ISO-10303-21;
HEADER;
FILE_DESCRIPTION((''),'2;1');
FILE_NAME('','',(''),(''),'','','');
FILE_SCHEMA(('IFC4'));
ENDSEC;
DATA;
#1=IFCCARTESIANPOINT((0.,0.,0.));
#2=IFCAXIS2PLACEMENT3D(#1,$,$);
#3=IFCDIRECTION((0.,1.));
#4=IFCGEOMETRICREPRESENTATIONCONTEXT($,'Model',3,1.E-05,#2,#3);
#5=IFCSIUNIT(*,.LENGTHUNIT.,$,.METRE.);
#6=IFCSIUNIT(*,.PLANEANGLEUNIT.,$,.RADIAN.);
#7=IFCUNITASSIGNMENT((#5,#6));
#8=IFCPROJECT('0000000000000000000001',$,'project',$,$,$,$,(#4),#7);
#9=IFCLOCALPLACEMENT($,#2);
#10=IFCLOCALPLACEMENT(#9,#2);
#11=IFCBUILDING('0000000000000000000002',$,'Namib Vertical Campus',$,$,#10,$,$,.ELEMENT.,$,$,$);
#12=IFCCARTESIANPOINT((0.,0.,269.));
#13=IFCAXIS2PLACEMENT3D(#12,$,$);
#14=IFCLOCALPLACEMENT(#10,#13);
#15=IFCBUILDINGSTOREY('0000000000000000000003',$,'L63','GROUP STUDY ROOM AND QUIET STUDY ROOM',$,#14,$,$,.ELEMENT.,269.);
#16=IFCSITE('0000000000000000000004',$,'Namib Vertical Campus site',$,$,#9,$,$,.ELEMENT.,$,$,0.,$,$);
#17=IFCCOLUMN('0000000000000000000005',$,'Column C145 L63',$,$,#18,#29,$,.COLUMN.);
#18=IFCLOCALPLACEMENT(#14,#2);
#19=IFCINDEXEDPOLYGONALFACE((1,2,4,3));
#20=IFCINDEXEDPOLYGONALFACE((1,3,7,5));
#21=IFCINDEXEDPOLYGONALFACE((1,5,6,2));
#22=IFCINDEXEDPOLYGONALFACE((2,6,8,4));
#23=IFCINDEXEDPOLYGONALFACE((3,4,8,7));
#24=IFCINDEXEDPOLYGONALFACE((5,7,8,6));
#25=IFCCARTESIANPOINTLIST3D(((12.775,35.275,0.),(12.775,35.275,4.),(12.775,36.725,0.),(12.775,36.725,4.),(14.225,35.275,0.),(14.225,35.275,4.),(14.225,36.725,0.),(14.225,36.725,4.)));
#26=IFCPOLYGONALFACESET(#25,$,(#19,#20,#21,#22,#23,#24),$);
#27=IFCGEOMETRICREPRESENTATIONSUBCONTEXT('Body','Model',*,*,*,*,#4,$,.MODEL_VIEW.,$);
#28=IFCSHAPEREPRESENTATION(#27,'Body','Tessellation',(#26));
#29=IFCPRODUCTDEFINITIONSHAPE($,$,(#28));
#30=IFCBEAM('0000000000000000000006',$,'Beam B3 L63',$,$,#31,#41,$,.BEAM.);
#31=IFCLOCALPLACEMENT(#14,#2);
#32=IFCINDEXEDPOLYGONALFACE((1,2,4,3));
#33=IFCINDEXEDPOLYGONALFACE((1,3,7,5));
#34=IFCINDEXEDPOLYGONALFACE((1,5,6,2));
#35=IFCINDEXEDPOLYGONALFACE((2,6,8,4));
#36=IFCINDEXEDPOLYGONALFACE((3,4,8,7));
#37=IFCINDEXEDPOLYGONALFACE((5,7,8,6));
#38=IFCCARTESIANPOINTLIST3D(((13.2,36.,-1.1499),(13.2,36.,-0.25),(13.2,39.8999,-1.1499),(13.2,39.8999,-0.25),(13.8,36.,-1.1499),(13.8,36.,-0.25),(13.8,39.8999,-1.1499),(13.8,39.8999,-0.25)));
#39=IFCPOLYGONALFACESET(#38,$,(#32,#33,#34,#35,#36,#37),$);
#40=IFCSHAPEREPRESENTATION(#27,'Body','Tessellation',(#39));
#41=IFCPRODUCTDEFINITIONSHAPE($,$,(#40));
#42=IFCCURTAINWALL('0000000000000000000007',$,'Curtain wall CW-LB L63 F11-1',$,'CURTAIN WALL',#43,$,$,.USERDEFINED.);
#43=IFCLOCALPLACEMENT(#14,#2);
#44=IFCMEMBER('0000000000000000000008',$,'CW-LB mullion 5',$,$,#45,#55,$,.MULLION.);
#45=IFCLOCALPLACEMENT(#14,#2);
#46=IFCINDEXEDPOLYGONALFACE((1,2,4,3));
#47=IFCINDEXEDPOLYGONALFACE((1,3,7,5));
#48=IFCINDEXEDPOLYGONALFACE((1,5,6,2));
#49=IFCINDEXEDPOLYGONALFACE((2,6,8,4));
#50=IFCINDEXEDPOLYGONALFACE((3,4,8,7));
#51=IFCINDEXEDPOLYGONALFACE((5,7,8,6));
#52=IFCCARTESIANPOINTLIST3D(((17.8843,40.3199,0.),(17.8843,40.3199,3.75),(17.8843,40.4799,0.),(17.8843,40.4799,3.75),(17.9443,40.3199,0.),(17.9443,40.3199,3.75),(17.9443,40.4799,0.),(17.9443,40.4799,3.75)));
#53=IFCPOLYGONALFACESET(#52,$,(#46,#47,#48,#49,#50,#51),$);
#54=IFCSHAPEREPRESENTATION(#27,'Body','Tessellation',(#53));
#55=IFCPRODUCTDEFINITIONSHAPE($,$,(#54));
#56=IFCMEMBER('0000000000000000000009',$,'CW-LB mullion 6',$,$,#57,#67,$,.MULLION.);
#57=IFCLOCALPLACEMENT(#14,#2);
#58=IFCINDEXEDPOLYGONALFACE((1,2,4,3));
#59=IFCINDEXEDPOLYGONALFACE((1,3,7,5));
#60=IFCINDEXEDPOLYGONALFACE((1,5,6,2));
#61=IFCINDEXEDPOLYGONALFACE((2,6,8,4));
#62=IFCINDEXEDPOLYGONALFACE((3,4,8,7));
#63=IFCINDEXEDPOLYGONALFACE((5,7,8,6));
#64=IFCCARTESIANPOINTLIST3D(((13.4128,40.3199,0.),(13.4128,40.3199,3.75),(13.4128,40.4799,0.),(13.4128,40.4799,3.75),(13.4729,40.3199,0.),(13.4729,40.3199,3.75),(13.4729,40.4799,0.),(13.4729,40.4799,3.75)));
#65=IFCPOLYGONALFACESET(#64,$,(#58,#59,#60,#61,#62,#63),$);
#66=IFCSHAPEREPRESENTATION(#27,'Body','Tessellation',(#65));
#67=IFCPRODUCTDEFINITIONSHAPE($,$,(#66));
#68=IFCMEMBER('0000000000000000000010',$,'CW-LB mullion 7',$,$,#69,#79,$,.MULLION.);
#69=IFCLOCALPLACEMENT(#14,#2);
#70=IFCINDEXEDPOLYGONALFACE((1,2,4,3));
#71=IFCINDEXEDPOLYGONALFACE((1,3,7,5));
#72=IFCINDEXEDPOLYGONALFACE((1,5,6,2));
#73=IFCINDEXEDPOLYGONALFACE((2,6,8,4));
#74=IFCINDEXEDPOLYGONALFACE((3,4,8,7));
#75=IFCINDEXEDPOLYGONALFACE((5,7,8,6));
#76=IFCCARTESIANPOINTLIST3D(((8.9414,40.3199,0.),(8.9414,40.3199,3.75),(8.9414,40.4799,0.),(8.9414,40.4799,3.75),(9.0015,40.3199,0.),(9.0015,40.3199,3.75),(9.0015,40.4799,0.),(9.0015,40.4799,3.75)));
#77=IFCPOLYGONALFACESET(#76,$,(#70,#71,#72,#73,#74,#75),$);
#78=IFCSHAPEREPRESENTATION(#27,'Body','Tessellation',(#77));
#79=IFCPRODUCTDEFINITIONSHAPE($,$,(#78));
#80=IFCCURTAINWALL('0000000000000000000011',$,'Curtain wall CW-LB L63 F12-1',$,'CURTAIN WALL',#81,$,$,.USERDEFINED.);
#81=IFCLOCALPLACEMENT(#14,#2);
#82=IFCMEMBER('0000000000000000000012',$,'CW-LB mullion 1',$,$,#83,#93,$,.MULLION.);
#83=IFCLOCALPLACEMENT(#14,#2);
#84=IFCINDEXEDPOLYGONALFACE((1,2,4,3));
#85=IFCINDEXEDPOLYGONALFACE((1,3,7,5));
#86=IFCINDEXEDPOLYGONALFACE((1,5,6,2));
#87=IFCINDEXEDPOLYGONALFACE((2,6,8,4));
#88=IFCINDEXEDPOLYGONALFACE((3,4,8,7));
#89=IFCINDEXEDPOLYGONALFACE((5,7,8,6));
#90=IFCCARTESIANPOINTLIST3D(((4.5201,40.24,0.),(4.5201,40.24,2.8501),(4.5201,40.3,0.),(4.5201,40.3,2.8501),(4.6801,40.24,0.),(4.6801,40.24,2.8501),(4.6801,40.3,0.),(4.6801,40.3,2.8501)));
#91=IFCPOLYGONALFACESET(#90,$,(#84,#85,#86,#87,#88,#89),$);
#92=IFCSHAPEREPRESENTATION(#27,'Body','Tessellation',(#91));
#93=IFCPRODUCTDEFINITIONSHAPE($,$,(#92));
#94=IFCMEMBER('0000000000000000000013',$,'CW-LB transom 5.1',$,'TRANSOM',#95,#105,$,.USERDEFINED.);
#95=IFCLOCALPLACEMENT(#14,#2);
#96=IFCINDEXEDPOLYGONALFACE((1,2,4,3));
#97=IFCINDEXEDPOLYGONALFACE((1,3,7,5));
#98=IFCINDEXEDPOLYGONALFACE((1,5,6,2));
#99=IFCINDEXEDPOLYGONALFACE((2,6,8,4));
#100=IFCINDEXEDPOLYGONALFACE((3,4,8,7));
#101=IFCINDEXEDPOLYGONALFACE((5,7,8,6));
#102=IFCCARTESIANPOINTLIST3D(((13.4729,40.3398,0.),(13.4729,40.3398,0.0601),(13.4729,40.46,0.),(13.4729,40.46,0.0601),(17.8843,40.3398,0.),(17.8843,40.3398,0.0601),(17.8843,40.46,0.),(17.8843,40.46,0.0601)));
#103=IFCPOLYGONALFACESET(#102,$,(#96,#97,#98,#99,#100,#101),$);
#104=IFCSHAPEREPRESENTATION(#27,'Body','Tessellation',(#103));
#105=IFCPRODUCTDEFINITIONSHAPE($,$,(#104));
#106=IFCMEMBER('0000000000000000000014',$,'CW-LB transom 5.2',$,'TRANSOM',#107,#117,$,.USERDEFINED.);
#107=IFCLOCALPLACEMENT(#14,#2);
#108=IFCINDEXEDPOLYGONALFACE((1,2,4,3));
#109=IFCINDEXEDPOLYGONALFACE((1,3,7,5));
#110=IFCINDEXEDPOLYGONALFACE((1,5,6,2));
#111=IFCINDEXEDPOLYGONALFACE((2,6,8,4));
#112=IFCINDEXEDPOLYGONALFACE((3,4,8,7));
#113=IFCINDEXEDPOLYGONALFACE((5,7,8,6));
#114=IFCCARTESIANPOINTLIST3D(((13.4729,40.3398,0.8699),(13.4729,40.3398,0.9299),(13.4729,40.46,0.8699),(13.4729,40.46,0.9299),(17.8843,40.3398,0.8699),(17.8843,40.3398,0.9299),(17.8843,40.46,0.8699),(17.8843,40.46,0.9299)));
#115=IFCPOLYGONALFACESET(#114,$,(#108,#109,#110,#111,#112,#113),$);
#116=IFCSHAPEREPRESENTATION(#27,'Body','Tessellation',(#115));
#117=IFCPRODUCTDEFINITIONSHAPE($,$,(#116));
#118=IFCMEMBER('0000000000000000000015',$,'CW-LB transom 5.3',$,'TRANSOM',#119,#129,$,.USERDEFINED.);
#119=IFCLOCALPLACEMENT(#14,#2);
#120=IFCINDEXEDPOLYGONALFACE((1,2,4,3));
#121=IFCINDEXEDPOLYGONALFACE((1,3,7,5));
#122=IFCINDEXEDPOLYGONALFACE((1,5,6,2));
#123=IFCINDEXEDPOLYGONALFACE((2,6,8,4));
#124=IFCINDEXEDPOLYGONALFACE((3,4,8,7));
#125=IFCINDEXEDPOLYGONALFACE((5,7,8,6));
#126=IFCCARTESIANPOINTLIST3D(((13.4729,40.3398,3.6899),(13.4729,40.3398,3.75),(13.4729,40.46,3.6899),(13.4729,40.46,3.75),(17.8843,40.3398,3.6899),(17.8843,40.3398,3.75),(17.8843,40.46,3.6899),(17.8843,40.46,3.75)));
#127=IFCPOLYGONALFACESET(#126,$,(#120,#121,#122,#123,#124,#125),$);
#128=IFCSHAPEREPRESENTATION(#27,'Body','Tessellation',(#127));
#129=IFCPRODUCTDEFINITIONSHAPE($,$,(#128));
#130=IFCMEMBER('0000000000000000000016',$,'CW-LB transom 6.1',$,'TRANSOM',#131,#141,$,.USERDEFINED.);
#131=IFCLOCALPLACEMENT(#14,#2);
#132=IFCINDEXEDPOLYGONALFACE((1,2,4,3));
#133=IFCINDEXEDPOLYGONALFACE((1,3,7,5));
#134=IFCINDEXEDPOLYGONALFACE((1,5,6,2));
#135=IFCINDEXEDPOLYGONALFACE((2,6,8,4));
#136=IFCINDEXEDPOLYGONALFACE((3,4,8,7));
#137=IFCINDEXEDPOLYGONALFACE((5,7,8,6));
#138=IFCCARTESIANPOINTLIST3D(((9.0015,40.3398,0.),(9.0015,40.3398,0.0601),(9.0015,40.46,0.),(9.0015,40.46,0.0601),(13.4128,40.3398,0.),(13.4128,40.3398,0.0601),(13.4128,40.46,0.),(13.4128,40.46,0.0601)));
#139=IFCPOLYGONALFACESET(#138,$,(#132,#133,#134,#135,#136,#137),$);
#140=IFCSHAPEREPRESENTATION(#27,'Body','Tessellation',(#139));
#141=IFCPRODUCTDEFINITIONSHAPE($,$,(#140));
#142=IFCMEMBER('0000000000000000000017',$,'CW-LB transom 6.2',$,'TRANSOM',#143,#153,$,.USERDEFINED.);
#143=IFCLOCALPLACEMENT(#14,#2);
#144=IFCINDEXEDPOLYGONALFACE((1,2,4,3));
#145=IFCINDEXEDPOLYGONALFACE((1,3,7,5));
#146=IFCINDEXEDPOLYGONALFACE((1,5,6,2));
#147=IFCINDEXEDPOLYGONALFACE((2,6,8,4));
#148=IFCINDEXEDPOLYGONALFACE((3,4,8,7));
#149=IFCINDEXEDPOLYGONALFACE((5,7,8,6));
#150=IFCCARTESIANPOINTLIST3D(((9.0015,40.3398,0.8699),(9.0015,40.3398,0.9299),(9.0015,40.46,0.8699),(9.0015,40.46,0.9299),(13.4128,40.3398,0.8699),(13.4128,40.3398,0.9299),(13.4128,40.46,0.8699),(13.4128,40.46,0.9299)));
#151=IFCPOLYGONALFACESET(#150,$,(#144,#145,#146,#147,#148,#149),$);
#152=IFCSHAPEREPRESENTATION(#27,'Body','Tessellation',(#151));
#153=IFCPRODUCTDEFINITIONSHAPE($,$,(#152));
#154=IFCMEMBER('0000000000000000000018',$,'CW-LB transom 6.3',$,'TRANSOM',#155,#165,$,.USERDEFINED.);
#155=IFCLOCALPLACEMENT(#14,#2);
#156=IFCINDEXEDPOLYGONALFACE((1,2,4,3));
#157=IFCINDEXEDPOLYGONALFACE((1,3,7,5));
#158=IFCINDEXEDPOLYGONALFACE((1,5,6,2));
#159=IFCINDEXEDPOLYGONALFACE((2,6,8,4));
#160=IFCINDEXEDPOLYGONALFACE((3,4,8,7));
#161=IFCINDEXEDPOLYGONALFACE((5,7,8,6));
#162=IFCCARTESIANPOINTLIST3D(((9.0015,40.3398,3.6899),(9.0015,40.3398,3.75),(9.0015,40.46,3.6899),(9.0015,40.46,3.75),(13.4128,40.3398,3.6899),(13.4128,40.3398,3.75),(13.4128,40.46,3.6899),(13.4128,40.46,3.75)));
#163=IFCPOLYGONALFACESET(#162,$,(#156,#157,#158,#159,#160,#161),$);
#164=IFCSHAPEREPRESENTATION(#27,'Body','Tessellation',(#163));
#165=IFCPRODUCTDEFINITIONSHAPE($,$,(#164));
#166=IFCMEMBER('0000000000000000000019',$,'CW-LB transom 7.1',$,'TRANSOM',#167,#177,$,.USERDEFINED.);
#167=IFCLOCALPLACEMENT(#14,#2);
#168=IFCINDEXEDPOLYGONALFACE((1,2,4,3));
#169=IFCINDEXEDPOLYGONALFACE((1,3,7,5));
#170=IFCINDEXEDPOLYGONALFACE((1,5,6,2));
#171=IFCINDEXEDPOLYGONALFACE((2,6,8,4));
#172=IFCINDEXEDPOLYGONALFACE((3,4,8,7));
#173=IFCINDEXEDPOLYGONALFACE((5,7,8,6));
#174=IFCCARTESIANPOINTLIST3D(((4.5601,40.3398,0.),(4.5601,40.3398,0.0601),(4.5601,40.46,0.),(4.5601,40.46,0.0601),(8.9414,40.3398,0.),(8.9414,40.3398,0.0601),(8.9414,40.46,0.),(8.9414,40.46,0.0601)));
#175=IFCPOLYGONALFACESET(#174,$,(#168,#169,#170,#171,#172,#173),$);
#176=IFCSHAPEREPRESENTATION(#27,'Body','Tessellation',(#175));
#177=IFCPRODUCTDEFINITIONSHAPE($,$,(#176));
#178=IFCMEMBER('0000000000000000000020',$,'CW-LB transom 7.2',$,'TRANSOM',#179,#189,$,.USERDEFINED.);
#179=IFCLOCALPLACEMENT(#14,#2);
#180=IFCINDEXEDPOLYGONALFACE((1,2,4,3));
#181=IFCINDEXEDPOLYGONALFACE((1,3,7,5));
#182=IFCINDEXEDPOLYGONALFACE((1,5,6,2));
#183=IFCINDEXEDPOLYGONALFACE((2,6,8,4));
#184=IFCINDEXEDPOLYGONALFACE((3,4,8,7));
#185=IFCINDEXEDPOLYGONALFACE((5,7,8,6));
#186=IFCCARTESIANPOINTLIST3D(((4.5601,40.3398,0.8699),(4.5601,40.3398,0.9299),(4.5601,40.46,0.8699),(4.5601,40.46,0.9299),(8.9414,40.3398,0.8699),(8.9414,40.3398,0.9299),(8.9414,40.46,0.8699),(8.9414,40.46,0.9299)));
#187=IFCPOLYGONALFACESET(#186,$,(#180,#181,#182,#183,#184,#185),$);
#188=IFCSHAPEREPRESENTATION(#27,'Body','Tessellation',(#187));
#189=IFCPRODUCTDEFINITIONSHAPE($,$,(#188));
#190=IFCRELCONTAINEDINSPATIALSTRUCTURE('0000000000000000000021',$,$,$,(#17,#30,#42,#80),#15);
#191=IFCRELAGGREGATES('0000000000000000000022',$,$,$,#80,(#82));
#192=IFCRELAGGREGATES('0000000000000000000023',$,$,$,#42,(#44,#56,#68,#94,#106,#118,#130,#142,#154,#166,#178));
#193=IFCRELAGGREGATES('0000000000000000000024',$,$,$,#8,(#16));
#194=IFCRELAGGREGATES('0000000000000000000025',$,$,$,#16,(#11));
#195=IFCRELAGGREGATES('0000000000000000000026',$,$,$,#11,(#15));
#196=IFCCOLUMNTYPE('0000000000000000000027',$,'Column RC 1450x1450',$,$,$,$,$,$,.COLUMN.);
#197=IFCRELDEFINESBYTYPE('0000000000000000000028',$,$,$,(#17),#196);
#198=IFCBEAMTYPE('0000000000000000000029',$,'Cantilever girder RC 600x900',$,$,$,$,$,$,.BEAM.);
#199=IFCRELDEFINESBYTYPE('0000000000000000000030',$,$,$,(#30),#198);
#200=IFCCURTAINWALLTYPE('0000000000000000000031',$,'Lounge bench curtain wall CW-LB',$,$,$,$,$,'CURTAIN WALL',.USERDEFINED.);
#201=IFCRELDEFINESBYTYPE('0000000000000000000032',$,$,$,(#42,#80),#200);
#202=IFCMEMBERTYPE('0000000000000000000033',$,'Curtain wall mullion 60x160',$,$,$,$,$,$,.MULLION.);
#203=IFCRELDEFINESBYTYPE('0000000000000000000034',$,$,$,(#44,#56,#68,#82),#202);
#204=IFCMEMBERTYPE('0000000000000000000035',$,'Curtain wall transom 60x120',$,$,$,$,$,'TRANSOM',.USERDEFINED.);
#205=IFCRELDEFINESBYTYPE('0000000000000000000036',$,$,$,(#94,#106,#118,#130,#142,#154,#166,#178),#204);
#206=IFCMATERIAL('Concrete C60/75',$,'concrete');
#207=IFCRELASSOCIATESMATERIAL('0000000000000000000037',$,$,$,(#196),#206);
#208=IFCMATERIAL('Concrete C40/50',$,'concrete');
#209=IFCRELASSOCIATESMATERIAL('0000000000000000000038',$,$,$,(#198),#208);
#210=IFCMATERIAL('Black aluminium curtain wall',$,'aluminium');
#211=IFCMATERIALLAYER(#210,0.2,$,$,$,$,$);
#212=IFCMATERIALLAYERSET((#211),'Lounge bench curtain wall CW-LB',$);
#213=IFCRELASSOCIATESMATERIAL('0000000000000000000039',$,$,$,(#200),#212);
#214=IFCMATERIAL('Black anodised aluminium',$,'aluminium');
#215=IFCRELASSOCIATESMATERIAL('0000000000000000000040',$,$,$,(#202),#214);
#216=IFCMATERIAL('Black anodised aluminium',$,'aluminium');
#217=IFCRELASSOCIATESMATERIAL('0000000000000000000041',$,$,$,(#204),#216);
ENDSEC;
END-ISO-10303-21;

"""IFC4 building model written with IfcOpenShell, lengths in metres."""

from ifc_helpers import new_model, si_unit, direction, frame, origin, origin_2d, place, context, subcontext, project, spatial, rectangle, extrude, material, layer, layer_set, material_profile, profile_set, type_object, element, aggregate, save


model = new_model("IFC4")

# Units and contexts
model_context = context("Model", 3, precision=1e-05, world=origin(), true_north=direction((0.0, 1.0)))
body_context = subcontext(model_context, "Body", "Model", "MODEL_VIEW")
ifc_project = project(units=[si_unit("LENGTHUNIT", "METRE"), si_unit("PLANEANGLEUNIT", "RADIAN")], contexts=[model_context])

# Site, building, storey
site_placement = place(None, origin())
site = spatial("IfcSite", under=ifc_project, at=site_placement, Name="Namib Vertical Campus site", CompositionType="ELEMENT", RefElevation=0.0)
building_placement = place(site_placement, origin())
building = spatial("IfcBuilding", under=site, at=building_placement, Name="Namib Vertical Campus", CompositionType="ELEMENT")
storey_placement = place(building_placement, frame((0.0, 0.0, 269.0)))
storey = spatial("IfcBuildingStorey", under=building, at=storey_placement, Name="L63", Description="GROUP STUDY ROOM AND QUIET STUDY ROOM", CompositionType="ELEMENT", Elevation=269.0)

# Column
ifc_material_1 = material(Name="Concrete C60/75", Category="concrete")
ifc_material_profile_1 = material_profile(ifc_material_1, rectangle(XDim=1.45, YDim=1.45, at=origin_2d()))
ifc_profile_set_1 = profile_set([ifc_material_profile_1], Name="Concrete C60/75")
column_type = type_object("IfcColumnType", Name="Column RC 1450x1450", PredefinedType="COLUMN", material=ifc_profile_set_1)
column_placement = place(storey_placement, frame((13.5, 36.0, 0.0), z_axis=(0.0, 0.0, 1.0), x_axis=(1.0, 0.0, 0.0)))
element("IfcColumn", 1, at=column_placement, inside=storey, type_object=column_type, Name="Column C145 L63", PredefinedType="COLUMN", context=body_context, shape_type="SweptSolid", body=[
    extrude(rectangle(XDim=1.45, YDim=1.45, at=origin_2d()), origin(), (0.0, 0.0, 1.0), 4.0),
])

# Beam
ifc_material_2 = material(Name="Concrete C40/50", Category="concrete")
ifc_material_profile_2 = material_profile(ifc_material_2, rectangle(XDim=0.6001, YDim=0.8999, at=origin_2d()))
ifc_profile_set_2 = profile_set([ifc_material_profile_2], Name="Concrete C40/50")
beam_type_1 = type_object("IfcBeamType", Name="Cantilever girder RC 600x900", PredefinedType="BEAM", material=ifc_profile_set_2)
beam_1_placement = place(storey_placement, frame((13.5, 36.0, -0.7), z_axis=(0.0, 1.0, 0.0), x_axis=(-1.0, 0.0, 0.0)))
element("IfcBeam", 2, at=beam_1_placement, inside=storey, type_object=beam_type_1, Name="Beam B3 L63", PredefinedType="BEAM", context=body_context, shape_type="SweptSolid", body=[
    extrude(rectangle(XDim=0.6001, YDim=0.8999, at=origin_2d()), origin(), (0.0, 0.0, 1.0), 3.8999),
])

# Curtain wall, members
ifc_material_3 = material(Name="Black aluminium curtain wall", Category="aluminium")
ifc_layer_1 = layer(ifc_material_3, 0.2)
ifc_layer_set_1 = layer_set([ifc_layer_1], Name="Lounge bench curtain wall CW-LB")
curtain_wall_type = type_object("IfcCurtainWallType", Name="Lounge bench curtain wall CW-LB", ElementType="CURTAIN WALL", PredefinedType="USERDEFINED", material=ifc_layer_set_1)
curtain_wall_1_placement = place(storey_placement, origin())
curtain_wall_1 = element("IfcCurtainWall", 3, at=curtain_wall_1_placement, inside=storey, type_object=curtain_wall_type, Name="Curtain wall CW-LB L63 F11-1", ObjectType="CURTAIN WALL", PredefinedType="USERDEFINED")
ifc_material_4 = material(Name="Black anodised aluminium", Category="aluminium")
ifc_material_profile_3 = material_profile(ifc_material_4, rectangle(XDim=0.0601, YDim=0.1599, at=origin_2d()))
ifc_profile_set_3 = profile_set([ifc_material_profile_3], Name="Black anodised aluminium")
member_type_1 = type_object("IfcMemberType", Name="Curtain wall mullion 60x160", PredefinedType="MULLION", material=ifc_profile_set_3)
member_1_placement = place(storey_placement, frame((17.9143, 40.3999, 0.0), z_axis=(0.0, 0.0, 1.0), x_axis=(-1.0, 0.0, 0.0)))
member_1 = element("IfcMember", 4, at=member_1_placement, type_object=member_type_1, Name="CW-LB mullion 5", PredefinedType="MULLION", context=body_context, shape_type="SweptSolid", body=[
    extrude(rectangle(XDim=0.0601, YDim=0.1599, at=origin_2d()), origin(), (0.0, 0.0, 1.0), 3.75),
])
member_2_placement = place(storey_placement, frame((13.4429, 40.3999, 0.0), z_axis=(0.0, 0.0, 1.0), x_axis=(-1.0, 0.0, 0.0)))
member_2 = element("IfcMember", 5, at=member_2_placement, type_object=member_type_1, Name="CW-LB mullion 6", PredefinedType="MULLION", context=body_context, shape_type="SweptSolid", body=[
    extrude(rectangle(XDim=0.0601, YDim=0.1599, at=origin_2d()), origin(), (0.0, 0.0, 1.0), 3.75),
])
member_3_placement = place(storey_placement, frame((8.9714, 40.3999, 0.0), z_axis=(0.0, 0.0, 1.0), x_axis=(-1.0, 0.0, 0.0)))
member_3 = element("IfcMember", 6, at=member_3_placement, type_object=member_type_1, Name="CW-LB mullion 7", PredefinedType="MULLION", context=body_context, shape_type="SweptSolid", body=[
    extrude(rectangle(XDim=0.0601, YDim=0.1599, at=origin_2d()), origin(), (0.0, 0.0, 1.0), 3.75),
])

# Curtain wall, member
curtain_wall_2_placement = place(storey_placement, origin())
curtain_wall_2 = element("IfcCurtainWall", 7, at=curtain_wall_2_placement, inside=storey, type_object=curtain_wall_type, Name="Curtain wall CW-LB L63 F12-1", ObjectType="CURTAIN WALL", PredefinedType="USERDEFINED")
member_4_placement = place(storey_placement, frame((4.6001, 40.27, 0.0), z_axis=(0.0, 0.0, 1.0), x_axis=(0.0, -1.0, 0.0)))
member_4 = element("IfcMember", 8, at=member_4_placement, type_object=member_type_1, Name="CW-LB mullion 1", PredefinedType="MULLION", context=body_context, shape_type="SweptSolid", body=[
    extrude(rectangle(XDim=0.0601, YDim=0.1599, at=origin_2d()), origin(), (0.0, 0.0, 1.0), 2.8501),
])

# Members
ifc_material_5 = material(Name="Black anodised aluminium", Category="aluminium")
ifc_material_profile_4 = material_profile(ifc_material_5, rectangle(XDim=0.0601, YDim=0.1201, at=origin_2d()))
ifc_profile_set_4 = profile_set([ifc_material_profile_4], Name="Black anodised aluminium")
member_type_2 = type_object("IfcMemberType", Name="Curtain wall transom 60x120", ElementType="TRANSOM", PredefinedType="USERDEFINED", material=ifc_profile_set_4)
member_5_placement = place(storey_placement, frame((17.8843, 40.3999, 0.03), z_axis=(-1.0, 0.0, 0.0), x_axis=(0.0, 0.0, 1.0)))
member_5 = element("IfcMember", 9, at=member_5_placement, type_object=member_type_2, Name="CW-LB transom 5.1", ObjectType="TRANSOM", PredefinedType="USERDEFINED", context=body_context, shape_type="SweptSolid", body=[
    extrude(rectangle(XDim=0.0601, YDim=0.1201, at=origin_2d()), origin(), (0.0, 0.0, 1.0), 4.4114),
])
member_6_placement = place(storey_placement, frame((17.8843, 40.3999, 0.8999), z_axis=(-1.0, 0.0, 0.0), x_axis=(0.0, 0.0, 1.0)))
member_6 = element("IfcMember", 10, at=member_6_placement, type_object=member_type_2, Name="CW-LB transom 5.2", ObjectType="TRANSOM", PredefinedType="USERDEFINED", context=body_context, shape_type="SweptSolid", body=[
    extrude(rectangle(XDim=0.0601, YDim=0.1201, at=origin_2d()), origin(), (0.0, 0.0, 1.0), 4.4114),
])
member_7_placement = place(storey_placement, frame((17.8843, 40.3999, 3.72), z_axis=(-1.0, 0.0, 0.0), x_axis=(0.0, 0.0, 1.0)))
member_7 = element("IfcMember", 11, at=member_7_placement, type_object=member_type_2, Name="CW-LB transom 5.3", ObjectType="TRANSOM", PredefinedType="USERDEFINED", context=body_context, shape_type="SweptSolid", body=[
    extrude(rectangle(XDim=0.0601, YDim=0.1201, at=origin_2d()), origin(), (0.0, 0.0, 1.0), 4.4114),
])
member_8_placement = place(storey_placement, frame((13.4128, 40.3999, 0.03), z_axis=(-1.0, 0.0, 0.0), x_axis=(0.0, 0.0, 1.0)))
member_8 = element("IfcMember", 12, at=member_8_placement, type_object=member_type_2, Name="CW-LB transom 6.1", ObjectType="TRANSOM", PredefinedType="USERDEFINED", context=body_context, shape_type="SweptSolid", body=[
    extrude(rectangle(XDim=0.0601, YDim=0.1201, at=origin_2d()), origin(), (0.0, 0.0, 1.0), 4.4114),
])
member_9_placement = place(storey_placement, frame((13.4128, 40.3999, 0.8999), z_axis=(-1.0, 0.0, 0.0), x_axis=(0.0, 0.0, 1.0)))
member_9 = element("IfcMember", 13, at=member_9_placement, type_object=member_type_2, Name="CW-LB transom 6.2", ObjectType="TRANSOM", PredefinedType="USERDEFINED", context=body_context, shape_type="SweptSolid", body=[
    extrude(rectangle(XDim=0.0601, YDim=0.1201, at=origin_2d()), origin(), (0.0, 0.0, 1.0), 4.4114),
])
member_10_placement = place(storey_placement, frame((13.4128, 40.3999, 3.72), z_axis=(-1.0, 0.0, 0.0), x_axis=(0.0, 0.0, 1.0)))
member_10 = element("IfcMember", 14, at=member_10_placement, type_object=member_type_2, Name="CW-LB transom 6.3", ObjectType="TRANSOM", PredefinedType="USERDEFINED", context=body_context, shape_type="SweptSolid", body=[
    extrude(rectangle(XDim=0.0601, YDim=0.1201, at=origin_2d()), origin(), (0.0, 0.0, 1.0), 4.4114),
])
member_11_placement = place(storey_placement, frame((8.9414, 40.3999, 0.03), z_axis=(-1.0, 0.0, 0.0), x_axis=(0.0, 0.0, 1.0)))
member_11 = element("IfcMember", 15, at=member_11_placement, type_object=member_type_2, Name="CW-LB transom 7.1", ObjectType="TRANSOM", PredefinedType="USERDEFINED", context=body_context, shape_type="SweptSolid", body=[
    extrude(rectangle(XDim=0.0601, YDim=0.1201, at=origin_2d()), origin(), (0.0, 0.0, 1.0), 4.3813),
])
member_12_placement = place(storey_placement, frame((8.9414, 40.3999, 0.8999), z_axis=(-1.0, 0.0, 0.0), x_axis=(0.0, 0.0, 1.0)))
member_12 = element("IfcMember", 16, at=member_12_placement, type_object=member_type_2, Name="CW-LB transom 7.2", ObjectType="TRANSOM", PredefinedType="USERDEFINED", context=body_context, shape_type="SweptSolid", body=[
    extrude(rectangle(XDim=0.0601, YDim=0.1201, at=origin_2d()), origin(), (0.0, 0.0, 1.0), 4.3813),
])
aggregate(curtain_wall_2, [member_4])

aggregate(curtain_wall_1, [member_1, member_2, member_3, member_5, member_6, member_7, member_8, member_9, member_10, member_11, member_12])

save(model, "model.ifc")
